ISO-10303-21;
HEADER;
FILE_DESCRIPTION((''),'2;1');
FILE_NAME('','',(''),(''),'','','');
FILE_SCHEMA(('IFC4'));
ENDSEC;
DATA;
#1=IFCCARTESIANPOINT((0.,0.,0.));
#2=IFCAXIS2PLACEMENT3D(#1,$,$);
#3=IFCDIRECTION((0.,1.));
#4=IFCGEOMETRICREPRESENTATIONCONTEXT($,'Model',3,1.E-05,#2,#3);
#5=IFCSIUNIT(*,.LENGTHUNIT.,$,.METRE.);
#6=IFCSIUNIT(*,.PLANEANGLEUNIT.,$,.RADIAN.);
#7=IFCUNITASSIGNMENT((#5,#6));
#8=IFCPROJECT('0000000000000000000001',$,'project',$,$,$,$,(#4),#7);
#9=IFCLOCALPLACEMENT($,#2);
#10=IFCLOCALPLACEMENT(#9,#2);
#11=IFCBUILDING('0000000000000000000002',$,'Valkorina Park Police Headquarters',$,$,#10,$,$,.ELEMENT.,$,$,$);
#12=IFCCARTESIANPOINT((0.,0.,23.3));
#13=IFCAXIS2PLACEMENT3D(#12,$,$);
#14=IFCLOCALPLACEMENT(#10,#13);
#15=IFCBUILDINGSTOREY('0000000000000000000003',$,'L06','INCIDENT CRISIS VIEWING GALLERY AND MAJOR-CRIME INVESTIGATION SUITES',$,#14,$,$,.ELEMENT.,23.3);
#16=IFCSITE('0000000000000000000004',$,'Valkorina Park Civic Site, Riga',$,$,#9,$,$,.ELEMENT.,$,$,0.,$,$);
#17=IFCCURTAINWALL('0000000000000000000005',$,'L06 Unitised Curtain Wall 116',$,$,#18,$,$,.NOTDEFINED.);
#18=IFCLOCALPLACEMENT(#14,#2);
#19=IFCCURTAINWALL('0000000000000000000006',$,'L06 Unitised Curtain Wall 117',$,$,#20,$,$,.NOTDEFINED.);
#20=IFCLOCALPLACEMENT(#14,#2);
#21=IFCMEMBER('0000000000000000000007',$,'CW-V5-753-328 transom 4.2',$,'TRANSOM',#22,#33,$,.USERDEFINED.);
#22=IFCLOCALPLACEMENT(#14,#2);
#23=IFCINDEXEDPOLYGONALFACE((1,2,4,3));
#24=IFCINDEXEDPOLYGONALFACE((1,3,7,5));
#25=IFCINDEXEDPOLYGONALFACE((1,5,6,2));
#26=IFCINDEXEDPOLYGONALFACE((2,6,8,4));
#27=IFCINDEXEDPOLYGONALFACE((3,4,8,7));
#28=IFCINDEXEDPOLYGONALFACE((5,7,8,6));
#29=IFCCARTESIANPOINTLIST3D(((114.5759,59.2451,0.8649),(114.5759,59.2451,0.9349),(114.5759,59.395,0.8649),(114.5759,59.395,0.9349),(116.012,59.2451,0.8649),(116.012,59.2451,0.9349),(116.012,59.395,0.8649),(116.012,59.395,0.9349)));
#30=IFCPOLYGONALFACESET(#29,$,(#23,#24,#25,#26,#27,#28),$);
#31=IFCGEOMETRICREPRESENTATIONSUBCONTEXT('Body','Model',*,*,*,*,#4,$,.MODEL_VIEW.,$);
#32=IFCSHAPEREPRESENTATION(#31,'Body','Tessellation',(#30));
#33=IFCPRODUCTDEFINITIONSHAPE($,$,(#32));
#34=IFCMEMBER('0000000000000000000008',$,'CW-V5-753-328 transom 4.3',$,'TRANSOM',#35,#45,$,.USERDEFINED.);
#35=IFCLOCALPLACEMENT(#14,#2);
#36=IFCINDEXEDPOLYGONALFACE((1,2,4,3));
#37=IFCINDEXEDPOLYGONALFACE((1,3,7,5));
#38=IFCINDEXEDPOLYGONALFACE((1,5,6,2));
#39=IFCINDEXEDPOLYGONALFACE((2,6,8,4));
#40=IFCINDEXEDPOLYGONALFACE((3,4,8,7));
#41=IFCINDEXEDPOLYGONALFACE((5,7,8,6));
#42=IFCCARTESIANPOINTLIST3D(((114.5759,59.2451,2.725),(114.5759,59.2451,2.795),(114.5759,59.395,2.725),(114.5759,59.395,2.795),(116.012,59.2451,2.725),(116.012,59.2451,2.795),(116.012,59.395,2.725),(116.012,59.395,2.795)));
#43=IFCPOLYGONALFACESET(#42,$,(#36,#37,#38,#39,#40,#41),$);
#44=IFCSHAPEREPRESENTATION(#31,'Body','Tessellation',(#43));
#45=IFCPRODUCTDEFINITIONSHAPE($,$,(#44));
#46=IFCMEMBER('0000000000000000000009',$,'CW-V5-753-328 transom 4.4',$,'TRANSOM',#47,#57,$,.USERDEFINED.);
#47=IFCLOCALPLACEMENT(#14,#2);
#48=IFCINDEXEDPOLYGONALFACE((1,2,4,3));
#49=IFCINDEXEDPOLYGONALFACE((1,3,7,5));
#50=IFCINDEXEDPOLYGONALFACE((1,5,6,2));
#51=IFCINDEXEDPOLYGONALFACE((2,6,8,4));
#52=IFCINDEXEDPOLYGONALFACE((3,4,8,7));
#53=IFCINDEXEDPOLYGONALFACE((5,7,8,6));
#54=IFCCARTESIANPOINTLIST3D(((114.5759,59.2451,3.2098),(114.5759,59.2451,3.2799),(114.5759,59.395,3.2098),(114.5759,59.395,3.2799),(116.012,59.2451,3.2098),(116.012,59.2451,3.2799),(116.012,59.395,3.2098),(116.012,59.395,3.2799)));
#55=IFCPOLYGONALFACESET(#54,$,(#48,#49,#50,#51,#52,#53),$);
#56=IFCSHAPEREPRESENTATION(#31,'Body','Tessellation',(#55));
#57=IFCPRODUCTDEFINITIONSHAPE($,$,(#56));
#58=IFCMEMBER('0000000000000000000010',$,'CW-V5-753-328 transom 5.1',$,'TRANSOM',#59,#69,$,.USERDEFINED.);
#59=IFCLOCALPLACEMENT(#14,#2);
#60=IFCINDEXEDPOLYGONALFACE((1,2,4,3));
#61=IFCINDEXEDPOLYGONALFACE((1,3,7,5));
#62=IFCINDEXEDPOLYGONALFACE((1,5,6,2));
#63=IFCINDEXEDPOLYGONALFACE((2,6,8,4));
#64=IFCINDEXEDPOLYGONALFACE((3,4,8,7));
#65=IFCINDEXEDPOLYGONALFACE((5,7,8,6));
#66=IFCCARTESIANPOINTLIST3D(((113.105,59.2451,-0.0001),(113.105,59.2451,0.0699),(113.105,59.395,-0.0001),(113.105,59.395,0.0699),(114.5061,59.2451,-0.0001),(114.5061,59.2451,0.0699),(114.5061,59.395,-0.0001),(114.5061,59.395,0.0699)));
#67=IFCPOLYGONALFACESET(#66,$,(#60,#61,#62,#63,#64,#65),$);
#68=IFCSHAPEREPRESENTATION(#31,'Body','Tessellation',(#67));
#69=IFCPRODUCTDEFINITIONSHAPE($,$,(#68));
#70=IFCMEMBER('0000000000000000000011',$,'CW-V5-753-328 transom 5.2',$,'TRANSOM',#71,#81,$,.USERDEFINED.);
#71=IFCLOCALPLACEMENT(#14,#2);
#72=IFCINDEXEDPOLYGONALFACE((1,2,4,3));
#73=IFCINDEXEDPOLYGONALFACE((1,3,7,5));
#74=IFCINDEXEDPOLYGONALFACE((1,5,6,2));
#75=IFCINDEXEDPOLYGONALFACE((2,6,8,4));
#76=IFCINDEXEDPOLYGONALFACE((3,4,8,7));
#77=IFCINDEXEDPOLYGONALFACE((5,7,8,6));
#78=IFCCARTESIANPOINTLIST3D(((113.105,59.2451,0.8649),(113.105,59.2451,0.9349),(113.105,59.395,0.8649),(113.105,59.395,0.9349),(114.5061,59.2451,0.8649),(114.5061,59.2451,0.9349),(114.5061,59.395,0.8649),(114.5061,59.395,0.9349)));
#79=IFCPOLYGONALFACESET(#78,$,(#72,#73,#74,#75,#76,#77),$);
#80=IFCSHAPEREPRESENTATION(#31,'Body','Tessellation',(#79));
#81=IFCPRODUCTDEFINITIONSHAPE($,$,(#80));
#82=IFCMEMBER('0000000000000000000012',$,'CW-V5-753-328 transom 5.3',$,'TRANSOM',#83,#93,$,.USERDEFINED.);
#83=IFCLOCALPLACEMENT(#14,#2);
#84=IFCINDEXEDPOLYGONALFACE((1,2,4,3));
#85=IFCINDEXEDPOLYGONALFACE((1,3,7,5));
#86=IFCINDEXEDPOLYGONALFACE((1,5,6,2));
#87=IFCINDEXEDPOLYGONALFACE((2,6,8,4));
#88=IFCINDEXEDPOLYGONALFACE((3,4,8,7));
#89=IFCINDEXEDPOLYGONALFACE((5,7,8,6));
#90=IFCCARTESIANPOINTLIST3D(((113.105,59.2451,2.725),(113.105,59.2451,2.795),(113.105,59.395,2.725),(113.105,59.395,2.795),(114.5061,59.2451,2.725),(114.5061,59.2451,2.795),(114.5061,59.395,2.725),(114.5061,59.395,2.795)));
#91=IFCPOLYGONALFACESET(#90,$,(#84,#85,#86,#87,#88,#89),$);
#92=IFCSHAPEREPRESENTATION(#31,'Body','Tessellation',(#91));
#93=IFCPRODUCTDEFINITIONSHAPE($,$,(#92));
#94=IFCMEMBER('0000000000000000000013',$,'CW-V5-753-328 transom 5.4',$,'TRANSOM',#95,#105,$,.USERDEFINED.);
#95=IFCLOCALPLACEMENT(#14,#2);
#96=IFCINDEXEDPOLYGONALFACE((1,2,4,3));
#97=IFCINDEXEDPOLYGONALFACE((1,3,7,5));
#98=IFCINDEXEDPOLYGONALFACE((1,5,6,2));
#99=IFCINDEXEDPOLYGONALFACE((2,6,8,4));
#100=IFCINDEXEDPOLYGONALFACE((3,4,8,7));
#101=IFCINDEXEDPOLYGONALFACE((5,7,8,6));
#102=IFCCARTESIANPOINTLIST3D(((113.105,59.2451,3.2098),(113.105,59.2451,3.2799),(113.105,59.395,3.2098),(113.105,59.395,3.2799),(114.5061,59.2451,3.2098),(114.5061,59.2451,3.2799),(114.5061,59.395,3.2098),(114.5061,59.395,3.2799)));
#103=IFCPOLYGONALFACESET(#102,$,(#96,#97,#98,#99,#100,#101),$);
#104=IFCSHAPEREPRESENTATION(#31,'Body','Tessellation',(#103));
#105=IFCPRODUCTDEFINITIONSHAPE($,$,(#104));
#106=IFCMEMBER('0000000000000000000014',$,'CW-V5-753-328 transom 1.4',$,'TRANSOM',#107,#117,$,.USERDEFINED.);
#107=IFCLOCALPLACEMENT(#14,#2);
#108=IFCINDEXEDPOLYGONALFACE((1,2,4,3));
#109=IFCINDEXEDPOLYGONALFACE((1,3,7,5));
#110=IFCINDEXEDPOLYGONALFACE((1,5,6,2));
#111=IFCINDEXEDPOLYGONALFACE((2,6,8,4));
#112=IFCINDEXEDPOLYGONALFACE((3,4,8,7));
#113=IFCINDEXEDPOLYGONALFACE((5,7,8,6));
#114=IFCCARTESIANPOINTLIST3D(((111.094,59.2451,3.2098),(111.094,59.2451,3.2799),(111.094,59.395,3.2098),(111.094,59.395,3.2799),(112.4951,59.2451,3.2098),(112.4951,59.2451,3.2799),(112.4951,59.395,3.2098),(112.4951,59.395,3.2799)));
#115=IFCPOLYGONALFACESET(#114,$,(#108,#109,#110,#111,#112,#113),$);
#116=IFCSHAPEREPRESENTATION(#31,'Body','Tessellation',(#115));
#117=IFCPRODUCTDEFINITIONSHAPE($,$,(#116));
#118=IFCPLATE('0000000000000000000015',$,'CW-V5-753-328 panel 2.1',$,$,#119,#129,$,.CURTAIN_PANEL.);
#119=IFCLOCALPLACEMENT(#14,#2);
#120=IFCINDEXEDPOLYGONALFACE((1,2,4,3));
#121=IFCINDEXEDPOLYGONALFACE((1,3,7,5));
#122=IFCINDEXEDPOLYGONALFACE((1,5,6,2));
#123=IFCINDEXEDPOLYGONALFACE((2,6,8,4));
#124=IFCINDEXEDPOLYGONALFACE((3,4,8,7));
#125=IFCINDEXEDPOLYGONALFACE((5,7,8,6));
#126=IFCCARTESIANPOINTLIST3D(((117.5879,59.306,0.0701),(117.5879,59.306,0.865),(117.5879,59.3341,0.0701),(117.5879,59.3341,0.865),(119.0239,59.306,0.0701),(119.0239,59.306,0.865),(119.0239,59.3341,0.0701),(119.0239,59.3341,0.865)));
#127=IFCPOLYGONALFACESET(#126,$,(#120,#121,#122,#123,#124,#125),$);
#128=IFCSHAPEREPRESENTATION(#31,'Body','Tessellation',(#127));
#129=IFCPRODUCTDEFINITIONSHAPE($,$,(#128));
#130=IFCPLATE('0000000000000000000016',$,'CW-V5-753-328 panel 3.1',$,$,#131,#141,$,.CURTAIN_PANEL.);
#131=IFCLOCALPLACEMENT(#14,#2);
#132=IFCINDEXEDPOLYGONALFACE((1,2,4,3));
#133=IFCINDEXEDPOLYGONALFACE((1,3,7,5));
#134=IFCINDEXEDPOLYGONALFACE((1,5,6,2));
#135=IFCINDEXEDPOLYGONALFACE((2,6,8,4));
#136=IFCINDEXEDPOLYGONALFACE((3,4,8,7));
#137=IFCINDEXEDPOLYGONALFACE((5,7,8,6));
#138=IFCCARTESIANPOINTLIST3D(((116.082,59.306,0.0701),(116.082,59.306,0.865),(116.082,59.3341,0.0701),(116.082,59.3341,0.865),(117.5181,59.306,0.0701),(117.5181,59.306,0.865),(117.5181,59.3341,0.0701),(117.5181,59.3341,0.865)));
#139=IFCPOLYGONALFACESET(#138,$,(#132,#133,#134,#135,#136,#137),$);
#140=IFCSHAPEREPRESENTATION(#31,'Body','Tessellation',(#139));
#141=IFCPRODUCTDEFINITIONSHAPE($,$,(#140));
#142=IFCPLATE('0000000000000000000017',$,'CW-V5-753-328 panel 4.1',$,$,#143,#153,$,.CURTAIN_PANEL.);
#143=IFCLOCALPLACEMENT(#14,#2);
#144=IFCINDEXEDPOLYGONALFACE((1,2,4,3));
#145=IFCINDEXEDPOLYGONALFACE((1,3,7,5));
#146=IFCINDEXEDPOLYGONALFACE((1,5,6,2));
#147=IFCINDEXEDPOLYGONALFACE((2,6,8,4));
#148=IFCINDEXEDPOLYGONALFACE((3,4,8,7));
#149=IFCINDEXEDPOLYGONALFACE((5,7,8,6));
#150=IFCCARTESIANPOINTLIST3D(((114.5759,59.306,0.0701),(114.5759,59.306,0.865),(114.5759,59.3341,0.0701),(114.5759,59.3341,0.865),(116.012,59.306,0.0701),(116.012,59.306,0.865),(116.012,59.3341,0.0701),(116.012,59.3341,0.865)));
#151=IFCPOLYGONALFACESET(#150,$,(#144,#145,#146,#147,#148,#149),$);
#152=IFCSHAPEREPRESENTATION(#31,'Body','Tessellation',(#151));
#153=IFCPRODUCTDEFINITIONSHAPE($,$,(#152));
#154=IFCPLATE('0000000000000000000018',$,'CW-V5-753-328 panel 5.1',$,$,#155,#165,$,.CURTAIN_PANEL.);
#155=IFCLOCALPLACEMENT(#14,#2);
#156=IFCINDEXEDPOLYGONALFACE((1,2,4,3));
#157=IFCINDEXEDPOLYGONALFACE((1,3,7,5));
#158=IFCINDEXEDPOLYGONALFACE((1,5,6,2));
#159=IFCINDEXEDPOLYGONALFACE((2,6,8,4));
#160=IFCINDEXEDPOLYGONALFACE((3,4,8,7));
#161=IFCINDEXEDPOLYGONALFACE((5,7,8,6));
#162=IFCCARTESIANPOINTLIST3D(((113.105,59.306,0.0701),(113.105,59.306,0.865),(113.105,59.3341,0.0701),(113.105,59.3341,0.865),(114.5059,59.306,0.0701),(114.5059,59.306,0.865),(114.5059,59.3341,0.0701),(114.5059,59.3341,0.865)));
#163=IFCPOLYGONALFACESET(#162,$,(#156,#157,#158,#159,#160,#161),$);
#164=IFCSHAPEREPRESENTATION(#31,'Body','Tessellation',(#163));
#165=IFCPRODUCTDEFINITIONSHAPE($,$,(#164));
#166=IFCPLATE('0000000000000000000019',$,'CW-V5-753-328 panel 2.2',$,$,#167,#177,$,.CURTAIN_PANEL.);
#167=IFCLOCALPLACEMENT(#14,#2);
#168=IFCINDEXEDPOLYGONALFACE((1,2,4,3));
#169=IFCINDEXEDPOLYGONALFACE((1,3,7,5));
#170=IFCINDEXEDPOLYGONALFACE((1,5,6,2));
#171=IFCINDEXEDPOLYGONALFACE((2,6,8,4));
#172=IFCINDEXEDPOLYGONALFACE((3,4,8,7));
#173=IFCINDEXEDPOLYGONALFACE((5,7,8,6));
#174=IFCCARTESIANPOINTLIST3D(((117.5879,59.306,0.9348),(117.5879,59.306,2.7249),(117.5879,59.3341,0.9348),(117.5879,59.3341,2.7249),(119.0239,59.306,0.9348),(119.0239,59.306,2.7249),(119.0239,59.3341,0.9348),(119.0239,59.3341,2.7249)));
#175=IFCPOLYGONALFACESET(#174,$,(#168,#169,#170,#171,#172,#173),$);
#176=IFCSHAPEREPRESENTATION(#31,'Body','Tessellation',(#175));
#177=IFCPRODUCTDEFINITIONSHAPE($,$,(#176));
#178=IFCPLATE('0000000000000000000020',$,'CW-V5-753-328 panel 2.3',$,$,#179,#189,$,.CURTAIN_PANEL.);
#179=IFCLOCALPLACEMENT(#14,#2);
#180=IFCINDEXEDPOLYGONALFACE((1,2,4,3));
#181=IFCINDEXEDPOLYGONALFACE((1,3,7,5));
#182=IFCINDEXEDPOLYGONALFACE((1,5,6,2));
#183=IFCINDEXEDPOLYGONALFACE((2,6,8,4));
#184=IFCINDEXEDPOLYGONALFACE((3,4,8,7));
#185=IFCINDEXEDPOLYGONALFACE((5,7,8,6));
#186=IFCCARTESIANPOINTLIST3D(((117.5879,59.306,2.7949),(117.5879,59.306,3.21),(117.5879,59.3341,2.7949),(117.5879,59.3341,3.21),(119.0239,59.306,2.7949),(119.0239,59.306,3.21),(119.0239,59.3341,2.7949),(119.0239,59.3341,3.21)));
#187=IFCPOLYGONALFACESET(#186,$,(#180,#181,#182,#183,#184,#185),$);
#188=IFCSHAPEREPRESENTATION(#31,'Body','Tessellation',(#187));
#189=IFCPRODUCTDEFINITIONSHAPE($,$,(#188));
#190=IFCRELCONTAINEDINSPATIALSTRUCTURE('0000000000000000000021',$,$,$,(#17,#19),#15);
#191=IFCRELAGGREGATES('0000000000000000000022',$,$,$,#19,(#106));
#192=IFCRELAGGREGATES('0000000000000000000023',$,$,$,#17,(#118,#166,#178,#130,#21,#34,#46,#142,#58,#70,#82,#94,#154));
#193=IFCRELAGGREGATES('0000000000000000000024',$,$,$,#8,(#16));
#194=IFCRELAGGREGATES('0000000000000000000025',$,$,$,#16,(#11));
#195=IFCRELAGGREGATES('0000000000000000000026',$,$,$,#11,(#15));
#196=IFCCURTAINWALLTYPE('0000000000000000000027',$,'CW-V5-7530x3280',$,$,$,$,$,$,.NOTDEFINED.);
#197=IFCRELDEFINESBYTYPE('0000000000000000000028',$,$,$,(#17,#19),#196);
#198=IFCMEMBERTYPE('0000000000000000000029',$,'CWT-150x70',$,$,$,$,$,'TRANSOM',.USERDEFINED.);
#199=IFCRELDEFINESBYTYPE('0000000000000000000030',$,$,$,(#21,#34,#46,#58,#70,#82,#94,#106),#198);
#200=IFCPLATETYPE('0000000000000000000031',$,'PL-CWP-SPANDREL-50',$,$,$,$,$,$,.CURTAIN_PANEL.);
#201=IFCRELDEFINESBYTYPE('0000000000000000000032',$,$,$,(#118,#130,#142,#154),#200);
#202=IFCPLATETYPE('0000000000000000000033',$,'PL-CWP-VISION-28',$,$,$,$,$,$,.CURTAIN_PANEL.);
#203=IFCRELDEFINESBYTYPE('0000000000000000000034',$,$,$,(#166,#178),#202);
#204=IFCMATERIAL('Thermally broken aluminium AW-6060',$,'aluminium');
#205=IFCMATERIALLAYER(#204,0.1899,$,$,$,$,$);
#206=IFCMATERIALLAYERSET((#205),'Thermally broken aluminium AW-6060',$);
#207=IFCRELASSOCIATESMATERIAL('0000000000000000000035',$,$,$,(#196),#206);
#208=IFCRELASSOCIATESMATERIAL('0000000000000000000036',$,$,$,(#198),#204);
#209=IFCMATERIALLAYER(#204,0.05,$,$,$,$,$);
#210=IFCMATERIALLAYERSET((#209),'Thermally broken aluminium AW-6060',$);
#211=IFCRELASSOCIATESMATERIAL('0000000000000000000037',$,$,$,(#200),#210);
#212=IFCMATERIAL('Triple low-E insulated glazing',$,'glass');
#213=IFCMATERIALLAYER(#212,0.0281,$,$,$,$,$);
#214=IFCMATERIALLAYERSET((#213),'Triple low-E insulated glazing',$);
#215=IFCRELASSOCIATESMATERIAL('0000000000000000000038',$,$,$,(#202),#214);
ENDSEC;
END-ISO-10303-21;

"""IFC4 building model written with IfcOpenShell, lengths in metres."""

from ifc_helpers import new_model, si_unit, direction, frame, origin, origin_2d, place, context, subcontext, project, spatial, rectangle, extrude, material, layer, layer_set, material_profile, profile_set, type_object, element, aggregate, save


model = new_model("IFC4")

# Units and contexts
model_context = context("Model", 3, precision=1e-05, world=origin(), true_north=direction((0.0, 1.0)))
body_context = subcontext(model_context, "Body", "Model", "MODEL_VIEW")
ifc_project = project(units=[si_unit("LENGTHUNIT", "METRE"), si_unit("PLANEANGLEUNIT", "RADIAN")], contexts=[model_context])

# Site, building, storey
site_placement = place(None, origin())
site = spatial("IfcSite", under=ifc_project, at=site_placement, Name="Valkorina Park Civic Site, Riga", CompositionType="ELEMENT", RefElevation=0.0)
building_placement = place(site_placement, origin())
building = spatial("IfcBuilding", under=site, at=building_placement, Name="Valkorina Park Police Headquarters", CompositionType="ELEMENT")
storey_placement = place(building_placement, frame((0.0, 0.0, 23.3)))
storey = spatial("IfcBuildingStorey", under=building, at=storey_placement, Name="L06", Description="INCIDENT CRISIS VIEWING GALLERY AND MAJOR-CRIME INVESTIGATION SUITES", CompositionType="ELEMENT", Elevation=23.3)

# Curtain wall
ifc_material_1 = material(Name="Thermally broken aluminium AW-6060", Category="aluminium")
ifc_layer_1 = layer(ifc_material_1, 0.1899)
ifc_layer_set_1 = layer_set([ifc_layer_1], Name="Thermally broken aluminium AW-6060")
curtain_wall_type = type_object("IfcCurtainWallType", Name="CW-V5-7530x3280", PredefinedType="NOTDEFINED", material=ifc_layer_set_1)
curtain_wall_1_placement = place(storey_placement, origin())
curtain_wall_1 = element("IfcCurtainWall", 1, at=curtain_wall_1_placement, inside=storey, type_object=curtain_wall_type, Name="L06 Unitised Curtain Wall 116", PredefinedType="NOTDEFINED")

# Curtain wall
curtain_wall_2_placement = place(storey_placement, origin())
curtain_wall_2 = element("IfcCurtainWall", 2, at=curtain_wall_2_placement, inside=storey, type_object=curtain_wall_type, Name="L06 Unitised Curtain Wall 117", PredefinedType="NOTDEFINED")

# Members
ifc_material_profile_1 = material_profile(ifc_material_1, rectangle(XDim=0.1499, YDim=0.0701, at=origin_2d()), Name="CWT-02 150x70")
ifc_profile_set_1 = profile_set([ifc_material_profile_1], Name="Thermally broken aluminium AW-6060")
member_type_1 = type_object("IfcMemberType", Name="CWT-150x70", ElementType="TRANSOM", PredefinedType="USERDEFINED", material=ifc_profile_set_1)
member_1_placement = place(storey_placement, frame((116.012, 59.3201, 0.8999), z_axis=(-1.0, 0.0, 0.0), x_axis=(0.0, -1.0, 0.0)))
member_1 = element("IfcMember", 3, at=member_1_placement, type_object=member_type_1, Name="CW-V5-753-328 transom 4.2", ObjectType="TRANSOM", PredefinedType="USERDEFINED", context=body_context, shape_type="SweptSolid", body=[
    extrude(rectangle(XDim=0.1499, YDim=0.0701, at=origin_2d()), origin(), (0.0, 0.0, 1.0), 1.436),
])
member_2_placement = place(storey_placement, frame((116.012, 59.3201, 2.76), z_axis=(-1.0, 0.0, 0.0), x_axis=(0.0, -1.0, 0.0)))
member_2 = element("IfcMember", 4, at=member_2_placement, type_object=member_type_1, Name="CW-V5-753-328 transom 4.3", ObjectType="TRANSOM", PredefinedType="USERDEFINED", context=body_context, shape_type="SweptSolid", body=[
    extrude(rectangle(XDim=0.1499, YDim=0.0701, at=origin_2d()), origin(), (0.0, 0.0, 1.0), 1.436),
])
member_3_placement = place(storey_placement, frame((116.012, 59.3201, 3.2449), z_axis=(-1.0, 0.0, 0.0), x_axis=(0.0, -1.0, 0.0)))
member_3 = element("IfcMember", 5, at=member_3_placement, type_object=member_type_1, Name="CW-V5-753-328 transom 4.4", ObjectType="TRANSOM", PredefinedType="USERDEFINED", context=body_context, shape_type="SweptSolid", body=[
    extrude(rectangle(XDim=0.1499, YDim=0.0701, at=origin_2d()), origin(), (0.0, 0.0, 1.0), 1.436),
])
member_4_placement = place(storey_placement, frame((114.5061, 59.3201, 0.0349), z_axis=(-1.0, 0.0, 0.0), x_axis=(0.0, -1.0, 0.0)))
member_4 = element("IfcMember", 6, at=member_4_placement, type_object=member_type_1, Name="CW-V5-753-328 transom 5.1", ObjectType="TRANSOM", PredefinedType="USERDEFINED", context=body_context, shape_type="SweptSolid", body=[
    extrude(rectangle(XDim=0.1499, YDim=0.0701, at=origin_2d()), origin(), (0.0, 0.0, 1.0), 1.4011),
])
member_5_placement = place(storey_placement, frame((114.5061, 59.3201, 0.8999), z_axis=(-1.0, 0.0, 0.0), x_axis=(0.0, -1.0, 0.0)))
member_5 = element("IfcMember", 7, at=member_5_placement, type_object=member_type_1, Name="CW-V5-753-328 transom 5.2", ObjectType="TRANSOM", PredefinedType="USERDEFINED", context=body_context, shape_type="SweptSolid", body=[
    extrude(rectangle(XDim=0.1499, YDim=0.0701, at=origin_2d()), origin(), (0.0, 0.0, 1.0), 1.4011),
])
member_6_placement = place(storey_placement, frame((114.5061, 59.3201, 2.76), z_axis=(-1.0, 0.0, 0.0), x_axis=(0.0, -1.0, 0.0)))
member_6 = element("IfcMember", 8, at=member_6_placement, type_object=member_type_1, Name="CW-V5-753-328 transom 5.3", ObjectType="TRANSOM", PredefinedType="USERDEFINED", context=body_context, shape_type="SweptSolid", body=[
    extrude(rectangle(XDim=0.1499, YDim=0.0701, at=origin_2d()), origin(), (0.0, 0.0, 1.0), 1.4011),
])
member_7_placement = place(storey_placement, frame((114.5061, 59.3201, 3.2449), z_axis=(-1.0, 0.0, 0.0), x_axis=(0.0, -1.0, 0.0)))
member_7 = element("IfcMember", 9, at=member_7_placement, type_object=member_type_1, Name="CW-V5-753-328 transom 5.4", ObjectType="TRANSOM", PredefinedType="USERDEFINED", context=body_context, shape_type="SweptSolid", body=[
    extrude(rectangle(XDim=0.1499, YDim=0.0701, at=origin_2d()), origin(), (0.0, 0.0, 1.0), 1.4011),
])
member_8_placement = place(storey_placement, frame((112.4951, 59.3201, 3.2449), z_axis=(-1.0, 0.0, 0.0), x_axis=(0.0, -1.0, 0.0)))
member_8 = element("IfcMember", 10, at=member_8_placement, type_object=member_type_1, Name="CW-V5-753-328 transom 1.4", ObjectType="TRANSOM", PredefinedType="USERDEFINED", context=body_context, shape_type="SweptSolid", body=[
    extrude(rectangle(XDim=0.1499, YDim=0.0701, at=origin_2d()), origin(), (0.0, 0.0, 1.0), 1.4011),
])
aggregate(curtain_wall_2, [member_8])

# Plates
ifc_layer_2 = layer(ifc_material_1, 0.05)
ifc_layer_set_2 = layer_set([ifc_layer_2], Name="Thermally broken aluminium AW-6060")
plate_type_1 = type_object("IfcPlateType", Name="PL-CWP-SPANDREL-50", PredefinedType="CURTAIN_PANEL", material=ifc_layer_set_2)
plate_1_placement = place(storey_placement, frame((118.3059, 59.3201, 0.0701), z_axis=(0.0, 0.0, 1.0), x_axis=(-1.0, 0.0, 0.0)))
plate_1 = element("IfcPlate", 11, at=plate_1_placement, type_object=plate_type_1, Name="CW-V5-753-328 panel 2.1", PredefinedType="CURTAIN_PANEL", context=body_context, shape_type="SweptSolid", body=[
    extrude(rectangle(XDim=1.436, YDim=0.0281, at=origin_2d()), origin(), (0.0, 0.0, 1.0), 0.7949),
])
plate_2_placement = place(storey_placement, frame((116.8, 59.3201, 0.0701), z_axis=(0.0, 0.0, 1.0), x_axis=(-1.0, 0.0, 0.0)))
plate_2 = element("IfcPlate", 12, at=plate_2_placement, type_object=plate_type_1, Name="CW-V5-753-328 panel 3.1", PredefinedType="CURTAIN_PANEL", context=body_context, shape_type="SweptSolid", body=[
    extrude(rectangle(XDim=1.436, YDim=0.0281, at=origin_2d()), origin(), (0.0, 0.0, 1.0), 0.7949),
])
plate_3_placement = place(storey_placement, frame((115.2939, 59.3201, 0.0701), z_axis=(0.0, 0.0, 1.0), x_axis=(-1.0, 0.0, 0.0)))
plate_3 = element("IfcPlate", 13, at=plate_3_placement, type_object=plate_type_1, Name="CW-V5-753-328 panel 4.1", PredefinedType="CURTAIN_PANEL", context=body_context, shape_type="SweptSolid", body=[
    extrude(rectangle(XDim=1.436, YDim=0.0281, at=origin_2d()), origin(), (0.0, 0.0, 1.0), 0.7949),
])
plate_4_placement = place(storey_placement, frame((113.8054, 59.3201, 0.0701), z_axis=(0.0, 0.0, 1.0), x_axis=(-1.0, 0.0, 0.0)))
plate_4 = element("IfcPlate", 14, at=plate_4_placement, type_object=plate_type_1, Name="CW-V5-753-328 panel 5.1", PredefinedType="CURTAIN_PANEL", context=body_context, shape_type="SweptSolid", body=[
    extrude(rectangle(XDim=1.4009, YDim=0.0281, at=origin_2d()), origin(), (0.0, 0.0, 1.0), 0.7949),
])
ifc_material_2 = material(Name="Triple low-E insulated glazing", Category="glass")
ifc_layer_3 = layer(ifc_material_2, 0.0281)
ifc_layer_set_3 = layer_set([ifc_layer_3], Name="Triple low-E insulated glazing")
plate_type_2 = type_object("IfcPlateType", Name="PL-CWP-VISION-28", PredefinedType="CURTAIN_PANEL", material=ifc_layer_set_3)
plate_5_placement = place(storey_placement, frame((118.3059, 59.3201, 0.9348), z_axis=(0.0, 0.0, 1.0), x_axis=(-1.0, 0.0, 0.0)))
plate_5 = element("IfcPlate", 15, at=plate_5_placement, type_object=plate_type_2, Name="CW-V5-753-328 panel 2.2", PredefinedType="CURTAIN_PANEL", context=body_context, shape_type="SweptSolid", body=[
    extrude(rectangle(XDim=1.436, YDim=0.0281, at=origin_2d()), origin(), (0.0, 0.0, 1.0), 1.79),
])
plate_6_placement = place(storey_placement, frame((118.3059, 59.3201, 2.7949), z_axis=(0.0, 0.0, 1.0), x_axis=(-1.0, 0.0, 0.0)))
plate_6 = element("IfcPlate", 16, at=plate_6_placement, type_object=plate_type_2, Name="CW-V5-753-328 panel 2.3", PredefinedType="CURTAIN_PANEL", context=body_context, shape_type="SweptSolid", body=[
    extrude(rectangle(XDim=1.436, YDim=0.0281, at=origin_2d()), origin(), (0.0, 0.0, 1.0), 0.415),
])
aggregate(curtain_wall_1, [plate_1, plate_5, plate_6, plate_2, member_1, member_2, member_3, plate_3, member_4, member_5, member_6, member_7, plate_4])

save(model, "model.ifc")
